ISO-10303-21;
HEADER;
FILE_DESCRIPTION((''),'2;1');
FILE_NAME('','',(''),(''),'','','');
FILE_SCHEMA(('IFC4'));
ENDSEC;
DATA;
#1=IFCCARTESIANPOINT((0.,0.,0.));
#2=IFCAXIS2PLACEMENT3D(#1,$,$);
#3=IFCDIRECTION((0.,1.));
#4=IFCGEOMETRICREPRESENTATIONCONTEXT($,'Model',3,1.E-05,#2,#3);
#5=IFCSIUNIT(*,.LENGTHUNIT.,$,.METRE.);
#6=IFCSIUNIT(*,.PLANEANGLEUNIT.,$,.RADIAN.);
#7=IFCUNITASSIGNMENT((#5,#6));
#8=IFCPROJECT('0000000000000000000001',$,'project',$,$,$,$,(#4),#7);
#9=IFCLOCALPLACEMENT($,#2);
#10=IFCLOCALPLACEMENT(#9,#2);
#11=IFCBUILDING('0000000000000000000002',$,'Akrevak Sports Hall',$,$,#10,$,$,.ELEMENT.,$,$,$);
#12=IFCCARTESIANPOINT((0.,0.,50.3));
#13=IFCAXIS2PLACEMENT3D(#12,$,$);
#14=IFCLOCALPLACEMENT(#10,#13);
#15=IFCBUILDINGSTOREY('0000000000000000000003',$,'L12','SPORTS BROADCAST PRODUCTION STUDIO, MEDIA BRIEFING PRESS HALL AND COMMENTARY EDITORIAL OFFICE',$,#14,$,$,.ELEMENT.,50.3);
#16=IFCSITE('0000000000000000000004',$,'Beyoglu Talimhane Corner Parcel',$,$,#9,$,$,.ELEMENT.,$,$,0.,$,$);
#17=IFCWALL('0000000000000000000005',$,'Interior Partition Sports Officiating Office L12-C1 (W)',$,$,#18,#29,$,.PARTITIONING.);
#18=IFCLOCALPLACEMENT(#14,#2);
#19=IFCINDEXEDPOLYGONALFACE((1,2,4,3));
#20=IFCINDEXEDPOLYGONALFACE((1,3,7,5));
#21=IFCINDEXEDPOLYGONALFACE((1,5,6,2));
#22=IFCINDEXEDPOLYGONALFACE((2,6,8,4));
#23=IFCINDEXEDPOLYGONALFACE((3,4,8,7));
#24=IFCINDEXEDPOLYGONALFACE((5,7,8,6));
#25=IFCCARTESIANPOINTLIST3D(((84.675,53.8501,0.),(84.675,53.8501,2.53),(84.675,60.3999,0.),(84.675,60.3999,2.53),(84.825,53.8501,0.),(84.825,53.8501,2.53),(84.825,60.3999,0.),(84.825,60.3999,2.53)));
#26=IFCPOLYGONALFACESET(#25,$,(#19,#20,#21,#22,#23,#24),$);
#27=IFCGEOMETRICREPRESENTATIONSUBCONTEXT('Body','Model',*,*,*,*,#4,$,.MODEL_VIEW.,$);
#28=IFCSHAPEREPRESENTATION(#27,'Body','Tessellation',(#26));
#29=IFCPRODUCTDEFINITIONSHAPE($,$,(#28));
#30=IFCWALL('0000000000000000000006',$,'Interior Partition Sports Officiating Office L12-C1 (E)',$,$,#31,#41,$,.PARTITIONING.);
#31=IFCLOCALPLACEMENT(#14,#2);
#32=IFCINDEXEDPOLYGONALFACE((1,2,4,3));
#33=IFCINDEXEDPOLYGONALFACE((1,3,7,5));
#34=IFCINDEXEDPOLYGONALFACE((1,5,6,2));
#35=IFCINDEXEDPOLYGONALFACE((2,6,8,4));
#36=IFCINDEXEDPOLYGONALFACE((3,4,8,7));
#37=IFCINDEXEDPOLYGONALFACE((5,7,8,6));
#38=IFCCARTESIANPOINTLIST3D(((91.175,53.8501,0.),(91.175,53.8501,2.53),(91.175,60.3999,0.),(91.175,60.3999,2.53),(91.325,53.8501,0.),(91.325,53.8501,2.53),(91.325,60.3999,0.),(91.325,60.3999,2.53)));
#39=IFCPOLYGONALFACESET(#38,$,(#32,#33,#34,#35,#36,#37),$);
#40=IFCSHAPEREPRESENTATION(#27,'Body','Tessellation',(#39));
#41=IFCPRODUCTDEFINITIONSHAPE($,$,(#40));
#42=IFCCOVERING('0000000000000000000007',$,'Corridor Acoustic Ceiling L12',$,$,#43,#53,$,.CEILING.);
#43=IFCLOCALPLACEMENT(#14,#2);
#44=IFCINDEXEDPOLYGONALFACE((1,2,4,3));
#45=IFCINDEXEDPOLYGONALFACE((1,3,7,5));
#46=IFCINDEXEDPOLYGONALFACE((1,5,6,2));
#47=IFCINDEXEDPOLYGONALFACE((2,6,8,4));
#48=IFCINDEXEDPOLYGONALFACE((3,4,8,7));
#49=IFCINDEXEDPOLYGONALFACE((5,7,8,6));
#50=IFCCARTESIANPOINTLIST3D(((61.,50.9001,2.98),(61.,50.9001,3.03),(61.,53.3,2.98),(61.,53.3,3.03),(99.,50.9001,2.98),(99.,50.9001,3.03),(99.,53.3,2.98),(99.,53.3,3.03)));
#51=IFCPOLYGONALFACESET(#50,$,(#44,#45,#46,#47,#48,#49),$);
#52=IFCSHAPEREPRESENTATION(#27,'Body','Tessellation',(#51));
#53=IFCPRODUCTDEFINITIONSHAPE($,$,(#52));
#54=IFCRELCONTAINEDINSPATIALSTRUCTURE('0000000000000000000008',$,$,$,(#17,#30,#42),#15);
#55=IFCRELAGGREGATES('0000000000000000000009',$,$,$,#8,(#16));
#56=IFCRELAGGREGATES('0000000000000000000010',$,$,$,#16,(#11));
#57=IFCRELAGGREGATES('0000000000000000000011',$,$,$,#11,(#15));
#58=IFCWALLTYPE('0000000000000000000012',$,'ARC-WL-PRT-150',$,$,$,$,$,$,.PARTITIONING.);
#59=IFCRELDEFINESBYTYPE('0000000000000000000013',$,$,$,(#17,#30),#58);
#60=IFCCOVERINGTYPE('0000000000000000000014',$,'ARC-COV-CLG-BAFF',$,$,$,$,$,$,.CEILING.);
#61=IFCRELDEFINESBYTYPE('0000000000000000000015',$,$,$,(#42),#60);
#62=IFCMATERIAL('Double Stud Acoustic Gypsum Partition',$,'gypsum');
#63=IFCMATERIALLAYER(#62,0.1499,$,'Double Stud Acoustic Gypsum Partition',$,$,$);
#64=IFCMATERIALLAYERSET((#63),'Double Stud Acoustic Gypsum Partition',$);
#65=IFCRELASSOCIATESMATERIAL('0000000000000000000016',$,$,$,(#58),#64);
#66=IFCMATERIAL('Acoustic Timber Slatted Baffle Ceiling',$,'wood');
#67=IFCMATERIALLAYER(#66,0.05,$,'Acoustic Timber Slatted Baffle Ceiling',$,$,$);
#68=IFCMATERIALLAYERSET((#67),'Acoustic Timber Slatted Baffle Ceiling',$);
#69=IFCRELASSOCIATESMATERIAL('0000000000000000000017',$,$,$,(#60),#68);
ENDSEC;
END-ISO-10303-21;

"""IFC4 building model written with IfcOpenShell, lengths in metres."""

from ifc_helpers import new_model, si_unit, direction, frame, frame_2d, origin, origin_2d, place, context, subcontext, project, spatial, rectangle, extrude, material, layer, layer_set, type_object, element, save


model = new_model("IFC4")

# Units and contexts
model_context = context("Model", 3, precision=1e-05, world=origin(), true_north=direction((0.0, 1.0)))
body_context = subcontext(model_context, "Body", "Model", "MODEL_VIEW")
ifc_project = project(units=[si_unit("LENGTHUNIT", "METRE"), si_unit("PLANEANGLEUNIT", "RADIAN")], contexts=[model_context])

# Site, building, storey
site_placement = place(None, origin())
site = spatial("IfcSite", under=ifc_project, at=site_placement, Name="Beyoglu Talimhane Corner Parcel", CompositionType="ELEMENT", RefElevation=0.0)
building_placement = place(site_placement, origin())
building = spatial("IfcBuilding", under=site, at=building_placement, Name="Akrevak Sports Hall", CompositionType="ELEMENT")
storey_placement = place(building_placement, frame((0.0, 0.0, 50.3)))
storey = spatial("IfcBuildingStorey", under=building, at=storey_placement, Name="L12", Description="SPORTS BROADCAST PRODUCTION STUDIO, MEDIA BRIEFING PRESS HALL AND COMMENTARY EDITORIAL OFFICE", CompositionType="ELEMENT", Elevation=50.3)

# Shared definitions
ifc_material_1 = material(Name="Double Stud Acoustic Gypsum Partition", Category="gypsum")
ifc_layer_1 = layer(ifc_material_1, 0.1499, Name="Double Stud Acoustic Gypsum Partition")
ifc_layer_set_1 = layer_set([ifc_layer_1], Name="Double Stud Acoustic Gypsum Partition")
wall_type_1 = type_object("IfcWallType", Name="ARC-WL-PRT-150", PredefinedType="PARTITIONING", material=ifc_layer_set_1)

# Walls
for number, where, z_axis, x_axis, name in (
    (1, (84.75, 53.8501, 0.0), (0.0, 0.0, 1.0), (0.0, 1.0, 0.0), "Interior Partition Sports Officiating Office L12-C1 (W)"),
    (2, (91.25, 53.8501, 0.0), (0.0, 0.0, 1.0), (0.0, 1.0, 0.0), "Interior Partition Sports Officiating Office L12-C1 (E)"),
):
    element("IfcWall", number, at=place(storey_placement, frame(where, z_axis=z_axis, x_axis=x_axis)), inside=storey, type_object=wall_type_1, Name=name, PredefinedType="PARTITIONING", context=body_context, shape_type="SweptSolid", body=[
        extrude(rectangle(XDim=6.5498, YDim=0.1499, at=frame_2d((3.2749, 0.0))), origin(), (0.0, 0.0, 1.0), 2.53),
    ])

# Covering
ifc_material_2 = material(Name="Acoustic Timber Slatted Baffle Ceiling", Category="wood")
ifc_layer_2 = layer(ifc_material_2, 0.05, Name="Acoustic Timber Slatted Baffle Ceiling")
ifc_layer_set_2 = layer_set([ifc_layer_2], Name="Acoustic Timber Slatted Baffle Ceiling")
covering_type = type_object("IfcCoveringType", Name="ARC-COV-CLG-BAFF", PredefinedType="CEILING", material=ifc_layer_set_2)
covering_placement = place(storey_placement, frame((80.0, 52.1001, 2.98), z_axis=(0.0, 0.0, 1.0), x_axis=(1.0, 0.0, 0.0)))
element("IfcCovering", 3, at=covering_placement, inside=storey, type_object=covering_type, Name="Corridor Acoustic Ceiling L12", PredefinedType="CEILING", context=body_context, shape_type="SweptSolid", body=[
    extrude(rectangle(XDim=38.0, YDim=2.3999, at=origin_2d()), origin(), (0.0, 0.0, 1.0), 0.05),
])

save(model, "model.ifc")
